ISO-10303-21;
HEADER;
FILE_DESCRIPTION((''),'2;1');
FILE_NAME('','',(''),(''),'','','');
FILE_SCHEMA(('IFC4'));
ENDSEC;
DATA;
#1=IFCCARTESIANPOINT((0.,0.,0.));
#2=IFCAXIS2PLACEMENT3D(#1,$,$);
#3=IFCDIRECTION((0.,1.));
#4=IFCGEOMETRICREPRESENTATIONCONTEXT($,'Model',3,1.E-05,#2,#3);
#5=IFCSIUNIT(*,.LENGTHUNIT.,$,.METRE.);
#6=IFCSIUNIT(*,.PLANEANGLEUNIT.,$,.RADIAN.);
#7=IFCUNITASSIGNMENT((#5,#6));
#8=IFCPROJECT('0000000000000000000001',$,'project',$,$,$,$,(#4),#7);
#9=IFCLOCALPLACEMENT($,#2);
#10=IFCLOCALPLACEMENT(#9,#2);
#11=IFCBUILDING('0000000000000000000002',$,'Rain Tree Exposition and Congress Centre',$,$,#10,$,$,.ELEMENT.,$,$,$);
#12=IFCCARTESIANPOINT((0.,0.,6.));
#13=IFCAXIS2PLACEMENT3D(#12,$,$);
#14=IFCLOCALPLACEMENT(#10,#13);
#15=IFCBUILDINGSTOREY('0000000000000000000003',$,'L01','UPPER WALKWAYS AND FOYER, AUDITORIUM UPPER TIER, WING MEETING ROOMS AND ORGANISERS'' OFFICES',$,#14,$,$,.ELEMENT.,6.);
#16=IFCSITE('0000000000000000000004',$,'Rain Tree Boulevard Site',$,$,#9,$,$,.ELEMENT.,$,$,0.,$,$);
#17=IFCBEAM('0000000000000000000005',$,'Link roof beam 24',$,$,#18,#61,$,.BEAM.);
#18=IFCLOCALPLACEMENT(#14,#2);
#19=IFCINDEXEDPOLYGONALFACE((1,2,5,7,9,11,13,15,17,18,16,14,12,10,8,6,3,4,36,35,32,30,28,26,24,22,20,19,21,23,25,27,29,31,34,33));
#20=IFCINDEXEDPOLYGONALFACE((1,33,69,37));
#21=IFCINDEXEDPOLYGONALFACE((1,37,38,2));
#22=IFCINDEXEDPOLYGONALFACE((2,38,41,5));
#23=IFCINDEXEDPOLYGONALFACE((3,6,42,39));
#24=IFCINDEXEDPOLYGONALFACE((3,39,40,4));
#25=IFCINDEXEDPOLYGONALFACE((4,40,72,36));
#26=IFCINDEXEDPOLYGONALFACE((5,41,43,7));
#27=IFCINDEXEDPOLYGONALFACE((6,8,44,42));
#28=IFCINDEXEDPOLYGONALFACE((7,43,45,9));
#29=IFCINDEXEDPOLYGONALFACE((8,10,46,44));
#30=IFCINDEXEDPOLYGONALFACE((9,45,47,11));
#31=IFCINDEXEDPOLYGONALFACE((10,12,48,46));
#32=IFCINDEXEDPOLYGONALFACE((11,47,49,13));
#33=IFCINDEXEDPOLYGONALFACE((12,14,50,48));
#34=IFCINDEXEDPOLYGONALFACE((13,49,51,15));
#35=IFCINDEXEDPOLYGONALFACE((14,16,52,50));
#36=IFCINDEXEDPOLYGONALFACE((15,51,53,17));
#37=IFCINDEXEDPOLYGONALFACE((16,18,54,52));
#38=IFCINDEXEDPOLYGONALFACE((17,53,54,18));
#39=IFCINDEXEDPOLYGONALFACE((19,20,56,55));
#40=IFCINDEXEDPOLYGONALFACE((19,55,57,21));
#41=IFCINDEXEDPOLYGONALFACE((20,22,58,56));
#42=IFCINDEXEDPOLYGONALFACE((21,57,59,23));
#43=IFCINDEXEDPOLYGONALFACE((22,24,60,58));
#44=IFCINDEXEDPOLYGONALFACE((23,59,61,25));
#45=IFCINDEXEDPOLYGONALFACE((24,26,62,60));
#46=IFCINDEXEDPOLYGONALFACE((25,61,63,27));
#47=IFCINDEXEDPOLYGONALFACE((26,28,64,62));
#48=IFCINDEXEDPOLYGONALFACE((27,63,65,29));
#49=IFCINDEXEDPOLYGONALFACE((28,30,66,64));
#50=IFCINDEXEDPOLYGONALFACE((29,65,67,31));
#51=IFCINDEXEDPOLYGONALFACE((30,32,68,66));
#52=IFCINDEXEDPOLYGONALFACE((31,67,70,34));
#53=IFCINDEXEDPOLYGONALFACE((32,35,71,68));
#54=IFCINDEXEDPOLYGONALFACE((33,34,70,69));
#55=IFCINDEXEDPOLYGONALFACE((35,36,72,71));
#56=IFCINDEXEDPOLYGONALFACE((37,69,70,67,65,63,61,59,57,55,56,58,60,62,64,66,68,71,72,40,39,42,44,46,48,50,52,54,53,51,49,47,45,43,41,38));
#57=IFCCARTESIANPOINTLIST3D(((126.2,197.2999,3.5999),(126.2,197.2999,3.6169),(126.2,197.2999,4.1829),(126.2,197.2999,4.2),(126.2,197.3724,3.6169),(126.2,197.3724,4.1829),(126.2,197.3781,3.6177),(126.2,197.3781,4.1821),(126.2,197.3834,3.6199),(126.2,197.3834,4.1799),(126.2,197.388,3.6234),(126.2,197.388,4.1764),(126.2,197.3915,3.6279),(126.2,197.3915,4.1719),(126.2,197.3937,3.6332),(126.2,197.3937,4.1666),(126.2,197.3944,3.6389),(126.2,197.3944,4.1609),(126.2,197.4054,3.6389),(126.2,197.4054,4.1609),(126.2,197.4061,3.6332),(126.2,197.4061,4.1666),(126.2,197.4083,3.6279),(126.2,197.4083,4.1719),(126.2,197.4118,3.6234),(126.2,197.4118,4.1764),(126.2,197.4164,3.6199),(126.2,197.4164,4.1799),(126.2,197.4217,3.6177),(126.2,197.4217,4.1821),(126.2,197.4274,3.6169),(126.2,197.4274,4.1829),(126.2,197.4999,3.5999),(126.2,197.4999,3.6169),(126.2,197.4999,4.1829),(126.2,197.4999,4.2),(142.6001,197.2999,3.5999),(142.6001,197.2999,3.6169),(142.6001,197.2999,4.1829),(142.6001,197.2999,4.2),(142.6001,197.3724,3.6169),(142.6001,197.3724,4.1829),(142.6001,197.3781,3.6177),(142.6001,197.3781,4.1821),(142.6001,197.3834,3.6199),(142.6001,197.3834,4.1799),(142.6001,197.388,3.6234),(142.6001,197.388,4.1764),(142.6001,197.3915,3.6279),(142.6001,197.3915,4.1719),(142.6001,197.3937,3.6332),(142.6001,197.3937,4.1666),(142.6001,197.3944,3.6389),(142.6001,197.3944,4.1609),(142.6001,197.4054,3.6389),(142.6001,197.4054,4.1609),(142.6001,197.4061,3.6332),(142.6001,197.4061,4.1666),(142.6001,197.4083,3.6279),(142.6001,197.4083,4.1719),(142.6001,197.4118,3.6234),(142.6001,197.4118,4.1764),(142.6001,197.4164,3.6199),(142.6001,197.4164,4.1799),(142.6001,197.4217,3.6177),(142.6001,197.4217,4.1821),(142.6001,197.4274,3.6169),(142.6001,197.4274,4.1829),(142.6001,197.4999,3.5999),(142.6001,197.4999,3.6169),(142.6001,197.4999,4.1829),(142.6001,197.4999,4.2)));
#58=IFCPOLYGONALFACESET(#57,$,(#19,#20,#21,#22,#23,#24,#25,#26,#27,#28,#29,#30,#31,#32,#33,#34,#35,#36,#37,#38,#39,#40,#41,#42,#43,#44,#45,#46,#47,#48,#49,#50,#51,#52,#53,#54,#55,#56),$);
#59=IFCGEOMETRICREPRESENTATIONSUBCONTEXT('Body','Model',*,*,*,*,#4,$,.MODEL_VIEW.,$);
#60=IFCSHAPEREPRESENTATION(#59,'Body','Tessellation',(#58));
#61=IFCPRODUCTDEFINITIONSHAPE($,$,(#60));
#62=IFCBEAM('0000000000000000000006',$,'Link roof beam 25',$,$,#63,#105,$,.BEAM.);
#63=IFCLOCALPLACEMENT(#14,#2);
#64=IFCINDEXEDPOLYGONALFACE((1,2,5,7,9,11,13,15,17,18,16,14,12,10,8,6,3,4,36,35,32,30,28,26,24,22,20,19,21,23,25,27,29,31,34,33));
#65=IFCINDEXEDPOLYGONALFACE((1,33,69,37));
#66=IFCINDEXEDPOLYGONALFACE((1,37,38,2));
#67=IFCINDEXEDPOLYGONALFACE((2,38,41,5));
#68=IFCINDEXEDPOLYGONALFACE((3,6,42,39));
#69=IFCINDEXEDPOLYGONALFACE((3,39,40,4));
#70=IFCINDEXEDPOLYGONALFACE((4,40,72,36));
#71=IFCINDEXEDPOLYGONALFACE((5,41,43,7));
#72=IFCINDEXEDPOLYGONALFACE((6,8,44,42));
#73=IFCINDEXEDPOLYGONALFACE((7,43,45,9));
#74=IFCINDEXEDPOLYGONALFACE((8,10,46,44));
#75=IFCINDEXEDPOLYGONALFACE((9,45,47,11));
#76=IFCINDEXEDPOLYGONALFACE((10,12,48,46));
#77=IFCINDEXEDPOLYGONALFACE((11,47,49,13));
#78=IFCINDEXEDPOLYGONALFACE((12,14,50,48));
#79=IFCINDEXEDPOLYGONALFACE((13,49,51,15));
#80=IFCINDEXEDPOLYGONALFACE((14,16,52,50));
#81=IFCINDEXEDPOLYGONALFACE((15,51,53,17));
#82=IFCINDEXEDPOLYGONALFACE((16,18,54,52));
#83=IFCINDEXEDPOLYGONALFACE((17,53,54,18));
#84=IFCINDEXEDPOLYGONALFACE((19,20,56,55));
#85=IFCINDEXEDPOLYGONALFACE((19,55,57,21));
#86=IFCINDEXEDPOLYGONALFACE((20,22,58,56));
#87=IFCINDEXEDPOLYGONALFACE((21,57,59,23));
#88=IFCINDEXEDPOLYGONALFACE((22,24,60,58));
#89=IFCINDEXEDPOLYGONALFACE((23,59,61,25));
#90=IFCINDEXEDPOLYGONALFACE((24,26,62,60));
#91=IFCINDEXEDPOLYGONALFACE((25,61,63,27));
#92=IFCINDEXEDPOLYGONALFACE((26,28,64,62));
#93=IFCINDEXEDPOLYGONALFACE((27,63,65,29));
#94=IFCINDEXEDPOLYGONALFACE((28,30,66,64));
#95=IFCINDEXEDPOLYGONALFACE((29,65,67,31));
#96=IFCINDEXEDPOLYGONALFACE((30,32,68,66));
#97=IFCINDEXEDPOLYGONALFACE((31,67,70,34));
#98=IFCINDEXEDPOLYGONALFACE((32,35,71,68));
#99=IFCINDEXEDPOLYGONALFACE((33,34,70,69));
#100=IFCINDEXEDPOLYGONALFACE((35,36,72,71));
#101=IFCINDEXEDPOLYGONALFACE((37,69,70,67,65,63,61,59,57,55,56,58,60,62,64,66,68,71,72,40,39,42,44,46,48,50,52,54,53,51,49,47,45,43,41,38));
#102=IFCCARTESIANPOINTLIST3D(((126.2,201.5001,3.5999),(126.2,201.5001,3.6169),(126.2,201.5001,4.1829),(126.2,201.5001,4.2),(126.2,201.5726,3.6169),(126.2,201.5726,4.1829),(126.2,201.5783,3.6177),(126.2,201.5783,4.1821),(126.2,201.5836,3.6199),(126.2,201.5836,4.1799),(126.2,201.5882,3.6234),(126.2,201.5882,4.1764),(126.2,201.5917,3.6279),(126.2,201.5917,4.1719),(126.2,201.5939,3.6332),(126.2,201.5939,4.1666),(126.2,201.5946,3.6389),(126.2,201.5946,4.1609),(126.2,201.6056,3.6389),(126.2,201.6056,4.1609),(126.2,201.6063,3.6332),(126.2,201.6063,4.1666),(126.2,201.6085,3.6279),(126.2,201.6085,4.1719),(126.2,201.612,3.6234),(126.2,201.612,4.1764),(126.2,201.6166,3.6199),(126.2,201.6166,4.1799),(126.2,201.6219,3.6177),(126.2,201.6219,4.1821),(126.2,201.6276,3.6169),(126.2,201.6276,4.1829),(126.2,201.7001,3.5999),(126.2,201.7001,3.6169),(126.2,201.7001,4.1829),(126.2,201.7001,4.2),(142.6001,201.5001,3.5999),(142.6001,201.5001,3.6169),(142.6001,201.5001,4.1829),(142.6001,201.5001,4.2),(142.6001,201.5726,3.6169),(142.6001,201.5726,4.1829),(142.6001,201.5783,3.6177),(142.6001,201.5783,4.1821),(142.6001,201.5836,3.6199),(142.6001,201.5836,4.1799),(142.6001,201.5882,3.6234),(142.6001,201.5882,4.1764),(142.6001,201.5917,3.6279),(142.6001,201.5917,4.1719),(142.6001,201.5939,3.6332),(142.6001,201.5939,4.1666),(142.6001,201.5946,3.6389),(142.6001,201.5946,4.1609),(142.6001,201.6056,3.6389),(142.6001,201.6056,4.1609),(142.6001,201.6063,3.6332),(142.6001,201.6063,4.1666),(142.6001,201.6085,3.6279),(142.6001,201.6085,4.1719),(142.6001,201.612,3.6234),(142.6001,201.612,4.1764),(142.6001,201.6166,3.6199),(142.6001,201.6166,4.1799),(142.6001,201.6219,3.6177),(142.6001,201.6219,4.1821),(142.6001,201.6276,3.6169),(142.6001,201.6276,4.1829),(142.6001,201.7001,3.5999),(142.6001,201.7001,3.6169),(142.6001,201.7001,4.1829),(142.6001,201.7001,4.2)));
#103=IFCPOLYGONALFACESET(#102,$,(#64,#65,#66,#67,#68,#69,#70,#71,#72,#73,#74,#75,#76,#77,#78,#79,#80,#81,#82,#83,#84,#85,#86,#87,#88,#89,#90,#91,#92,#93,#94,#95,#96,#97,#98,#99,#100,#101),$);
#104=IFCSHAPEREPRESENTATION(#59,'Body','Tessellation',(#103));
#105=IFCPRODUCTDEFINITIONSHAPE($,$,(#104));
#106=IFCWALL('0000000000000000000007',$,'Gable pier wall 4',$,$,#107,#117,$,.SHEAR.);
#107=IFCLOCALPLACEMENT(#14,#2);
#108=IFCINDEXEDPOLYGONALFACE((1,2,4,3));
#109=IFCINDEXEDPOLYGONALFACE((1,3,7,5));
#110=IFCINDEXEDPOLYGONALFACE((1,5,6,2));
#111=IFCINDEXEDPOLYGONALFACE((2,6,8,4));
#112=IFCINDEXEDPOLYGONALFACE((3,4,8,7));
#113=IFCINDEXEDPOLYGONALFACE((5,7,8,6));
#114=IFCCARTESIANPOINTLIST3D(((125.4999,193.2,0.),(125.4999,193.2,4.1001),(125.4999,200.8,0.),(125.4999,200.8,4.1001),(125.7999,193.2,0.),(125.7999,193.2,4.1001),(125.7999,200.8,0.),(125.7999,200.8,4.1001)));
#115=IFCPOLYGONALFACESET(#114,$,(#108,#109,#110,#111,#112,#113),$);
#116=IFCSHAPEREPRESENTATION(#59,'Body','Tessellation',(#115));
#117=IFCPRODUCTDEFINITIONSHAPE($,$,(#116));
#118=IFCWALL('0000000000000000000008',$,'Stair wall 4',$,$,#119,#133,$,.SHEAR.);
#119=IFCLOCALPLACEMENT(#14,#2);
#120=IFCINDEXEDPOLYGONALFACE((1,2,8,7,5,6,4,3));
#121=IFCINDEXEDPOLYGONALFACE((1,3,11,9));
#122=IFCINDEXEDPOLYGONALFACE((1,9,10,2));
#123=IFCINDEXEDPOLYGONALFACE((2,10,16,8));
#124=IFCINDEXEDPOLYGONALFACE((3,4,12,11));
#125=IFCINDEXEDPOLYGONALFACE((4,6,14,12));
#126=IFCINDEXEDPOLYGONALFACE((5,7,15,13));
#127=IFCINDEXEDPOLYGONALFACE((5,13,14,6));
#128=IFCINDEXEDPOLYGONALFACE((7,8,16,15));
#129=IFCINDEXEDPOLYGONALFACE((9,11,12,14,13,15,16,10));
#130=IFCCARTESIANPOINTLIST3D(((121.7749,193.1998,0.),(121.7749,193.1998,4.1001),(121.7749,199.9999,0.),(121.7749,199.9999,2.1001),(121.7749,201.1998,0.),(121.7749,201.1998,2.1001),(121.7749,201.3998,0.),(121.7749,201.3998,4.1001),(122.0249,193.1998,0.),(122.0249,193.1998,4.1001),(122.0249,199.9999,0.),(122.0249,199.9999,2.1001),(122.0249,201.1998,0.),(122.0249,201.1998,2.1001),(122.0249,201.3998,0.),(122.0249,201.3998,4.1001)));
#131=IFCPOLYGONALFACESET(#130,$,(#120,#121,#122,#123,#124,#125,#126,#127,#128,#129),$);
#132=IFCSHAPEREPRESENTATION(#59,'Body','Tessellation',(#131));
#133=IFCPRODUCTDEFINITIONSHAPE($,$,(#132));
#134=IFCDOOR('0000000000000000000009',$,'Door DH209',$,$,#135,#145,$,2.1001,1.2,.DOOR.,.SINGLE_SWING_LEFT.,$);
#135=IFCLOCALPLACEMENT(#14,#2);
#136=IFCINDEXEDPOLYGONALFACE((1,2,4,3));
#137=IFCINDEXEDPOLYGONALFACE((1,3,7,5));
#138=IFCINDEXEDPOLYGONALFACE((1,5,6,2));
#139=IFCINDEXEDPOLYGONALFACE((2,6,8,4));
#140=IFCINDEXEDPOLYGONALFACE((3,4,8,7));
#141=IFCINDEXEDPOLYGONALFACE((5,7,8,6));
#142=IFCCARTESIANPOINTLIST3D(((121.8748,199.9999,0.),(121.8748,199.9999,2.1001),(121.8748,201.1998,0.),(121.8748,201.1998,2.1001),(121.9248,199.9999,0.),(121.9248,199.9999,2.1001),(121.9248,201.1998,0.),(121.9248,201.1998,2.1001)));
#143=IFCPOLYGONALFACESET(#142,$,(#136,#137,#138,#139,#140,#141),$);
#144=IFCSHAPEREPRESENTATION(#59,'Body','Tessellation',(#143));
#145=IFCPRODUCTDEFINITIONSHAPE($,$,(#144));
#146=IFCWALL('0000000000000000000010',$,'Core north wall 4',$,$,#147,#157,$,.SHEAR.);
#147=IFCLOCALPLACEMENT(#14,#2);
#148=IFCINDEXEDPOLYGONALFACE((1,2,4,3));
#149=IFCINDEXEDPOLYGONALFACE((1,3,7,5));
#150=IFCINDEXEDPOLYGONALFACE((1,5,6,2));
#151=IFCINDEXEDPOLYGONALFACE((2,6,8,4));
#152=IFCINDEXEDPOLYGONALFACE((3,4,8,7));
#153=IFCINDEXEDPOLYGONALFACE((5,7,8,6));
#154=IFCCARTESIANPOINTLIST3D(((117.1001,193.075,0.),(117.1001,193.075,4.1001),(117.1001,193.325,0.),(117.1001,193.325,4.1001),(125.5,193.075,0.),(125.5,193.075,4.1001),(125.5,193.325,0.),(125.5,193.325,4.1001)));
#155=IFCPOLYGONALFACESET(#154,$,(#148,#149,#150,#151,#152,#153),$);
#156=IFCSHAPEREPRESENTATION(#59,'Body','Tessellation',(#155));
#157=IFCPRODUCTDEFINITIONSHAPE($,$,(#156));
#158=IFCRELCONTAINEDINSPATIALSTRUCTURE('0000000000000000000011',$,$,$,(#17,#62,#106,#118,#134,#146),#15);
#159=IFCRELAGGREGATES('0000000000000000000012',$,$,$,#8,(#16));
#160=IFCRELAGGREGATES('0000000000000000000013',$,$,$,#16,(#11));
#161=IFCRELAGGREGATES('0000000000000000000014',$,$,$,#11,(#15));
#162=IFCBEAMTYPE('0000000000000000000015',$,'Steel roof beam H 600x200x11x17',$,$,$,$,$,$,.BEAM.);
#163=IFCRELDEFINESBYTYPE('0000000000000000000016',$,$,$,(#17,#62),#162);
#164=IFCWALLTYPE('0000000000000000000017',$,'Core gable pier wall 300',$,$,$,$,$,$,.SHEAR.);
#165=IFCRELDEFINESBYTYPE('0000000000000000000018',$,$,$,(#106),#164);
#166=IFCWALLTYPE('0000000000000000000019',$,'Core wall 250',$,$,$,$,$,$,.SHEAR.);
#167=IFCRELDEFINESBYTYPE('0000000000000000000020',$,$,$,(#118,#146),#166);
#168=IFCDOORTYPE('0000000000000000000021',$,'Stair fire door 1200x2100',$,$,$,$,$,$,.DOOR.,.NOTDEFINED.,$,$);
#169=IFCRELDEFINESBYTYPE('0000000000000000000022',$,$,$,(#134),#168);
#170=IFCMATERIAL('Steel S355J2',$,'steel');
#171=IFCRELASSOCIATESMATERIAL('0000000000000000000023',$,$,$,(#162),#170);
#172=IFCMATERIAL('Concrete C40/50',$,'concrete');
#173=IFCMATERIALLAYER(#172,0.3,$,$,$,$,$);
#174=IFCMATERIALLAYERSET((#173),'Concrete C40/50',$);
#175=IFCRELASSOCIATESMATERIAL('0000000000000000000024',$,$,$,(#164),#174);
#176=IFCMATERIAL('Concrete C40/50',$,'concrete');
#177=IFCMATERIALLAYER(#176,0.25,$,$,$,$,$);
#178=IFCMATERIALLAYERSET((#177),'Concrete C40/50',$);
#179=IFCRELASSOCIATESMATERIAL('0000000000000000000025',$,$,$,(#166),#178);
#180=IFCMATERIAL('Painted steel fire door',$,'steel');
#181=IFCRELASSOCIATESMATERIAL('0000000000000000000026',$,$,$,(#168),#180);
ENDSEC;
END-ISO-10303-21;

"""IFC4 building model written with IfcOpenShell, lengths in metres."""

from ifc_helpers import new_model, si_unit, direction, frame, frame_2d, origin, origin_2d, place, context, subcontext, project, spatial, rectangle, i_section, extrude, material, layer, layer_set, material_profile, profile_set, type_object, element, fill, save


model = new_model("IFC4")

# Units and contexts
model_context = context("Model", 3, precision=1e-05, world=origin(), true_north=direction((0.0, 1.0)))
body_context = subcontext(model_context, "Body", "Model", "MODEL_VIEW")
ifc_project = project(units=[si_unit("LENGTHUNIT", "METRE"), si_unit("PLANEANGLEUNIT", "RADIAN")], contexts=[model_context])

# Site, building, storey
site_placement = place(None, origin())
site = spatial("IfcSite", under=ifc_project, at=site_placement, Name="Rain Tree Boulevard Site", CompositionType="ELEMENT", RefElevation=0.0)
building_placement = place(site_placement, origin())
building = spatial("IfcBuilding", under=site, at=building_placement, Name="Rain Tree Exposition and Congress Centre", CompositionType="ELEMENT")
storey_placement = place(building_placement, frame((0.0, 0.0, 6.0)))
storey = spatial("IfcBuildingStorey", under=building, at=storey_placement, Name="L01", Description="UPPER WALKWAYS AND FOYER, AUDITORIUM UPPER TIER, WING MEETING ROOMS AND ORGANISERS' OFFICES", CompositionType="ELEMENT", Elevation=6.0)

# Beams
ifc_material_1 = material(Name="Steel S355J2", Category="steel")
ifc_material_profile_1 = material_profile(ifc_material_1, i_section(OverallWidth=0.2, OverallDepth=0.6001, WebThickness=0.011, FlangeThickness=0.0171, FilletRadius=0.022, at=origin_2d()), Name="H 600x200x11x17")
ifc_profile_set_1 = profile_set([ifc_material_profile_1], Name="Steel S355J2")
beam_type = type_object("IfcBeamType", Name="Steel roof beam H 600x200x11x17", PredefinedType="BEAM", material=ifc_profile_set_1)
for number, where, z_axis, x_axis, name in (
    (1, (126.2, 197.3999, 3.8999), (1.0, 0.0, 0.0), (0.0, 1.0, 0.0), "Link roof beam 24"),
    (2, (126.2, 201.6001, 3.8999), (1.0, 0.0, 0.0), (0.0, 1.0, 0.0), "Link roof beam 25"),
):
    element("IfcBeam", number, at=place(storey_placement, frame(where, z_axis=z_axis, x_axis=x_axis)), inside=storey, type_object=beam_type, Name=name, PredefinedType="BEAM", context=body_context, shape_type="SweptSolid", body=[
        extrude(i_section(OverallWidth=0.2, OverallDepth=0.6001, WebThickness=0.011, FlangeThickness=0.0171, FilletRadius=0.022, at=origin_2d()), origin(), (0.0, 0.0, 1.0), 16.4001),
    ])

# Wall
ifc_material_2 = material(Name="Concrete C40/50", Category="concrete")
ifc_layer_1 = layer(ifc_material_2, 0.3)
ifc_layer_set_1 = layer_set([ifc_layer_1], Name="Concrete C40/50")
wall_type_1 = type_object("IfcWallType", Name="Core gable pier wall 300", PredefinedType="SHEAR", material=ifc_layer_set_1)
wall_1_placement = place(storey_placement, frame((125.6499, 200.8, 0.0), z_axis=(0.0, 0.0, 1.0), x_axis=(0.0, -1.0, 0.0)))
element("IfcWall", 3, at=wall_1_placement, inside=storey, type_object=wall_type_1, Name="Gable pier wall 4", PredefinedType="SHEAR", context=body_context, shape_type="SweptSolid", body=[
    extrude(rectangle(XDim=7.6001, YDim=0.3, at=frame_2d((3.8, 0.0))), origin(), (0.0, 0.0, 1.0), 4.1001),
])

# Wall, opening, door
ifc_material_3 = material(Name="Concrete C40/50", Category="concrete")
ifc_layer_2 = layer(ifc_material_3, 0.25)
ifc_layer_set_2 = layer_set([ifc_layer_2], Name="Concrete C40/50")
wall_type_2 = type_object("IfcWallType", Name="Core wall 250", PredefinedType="SHEAR", material=ifc_layer_set_2)
wall_2_placement = place(storey_placement, frame((121.8999, 201.3999, 0.0), z_axis=(0.0, 0.0, 1.0), x_axis=(0.0, -1.0, 0.0)))
wall_2 = element("IfcWall", 4, at=wall_2_placement, inside=storey, type_object=wall_type_2, Name="Stair wall 4", PredefinedType="SHEAR", context=body_context, shape_type="SweptSolid", body=[
    extrude(rectangle(XDim=8.2, YDim=0.25, at=frame_2d((4.1001, 0.0))), origin(), (0.0, 0.0, 1.0), 4.1001),
])
opening_1_placement = place(wall_2_placement, frame((0.2, 0.0, 0.0)))
opening_1 = element("IfcOpeningElement", 5, at=opening_1_placement, cuts=wall_2, PredefinedType="OPENING", context=body_context, shape_type="SweptSolid", body=[
    extrude(rectangle(XDim=1.2, YDim=2.1001, at=frame_2d((0.6001, 1.05))), frame((0.0, 0.125, 0.0), z_axis=(0.0, -1.0, 0.0), x_axis=(1.0, 0.0, 0.0)), (0.0, 0.0, 1.0), 0.25),
])
ifc_material_4 = material(Name="Painted steel fire door", Category="steel")
door_type_1 = type_object("IfcDoorType", Name="Stair fire door 1200x2100", OperationType="NOTDEFINED", PredefinedType="DOOR", material=ifc_material_4)
door_1_placement = place(opening_1_placement, origin())
door_1 = element("IfcDoor", 6, at=door_1_placement, inside=storey, type_object=door_type_1, Name="Door DH209", OperationType="SINGLE_SWING_LEFT", OverallHeight=2.1001, OverallWidth=1.2, PredefinedType="DOOR", context=body_context, shape_type="SweptSolid", body=[
    extrude(rectangle(XDim=1.2, YDim=2.1001, at=frame_2d((0.6001, 1.05))), frame((0.0, 0.0249, 0.0), z_axis=(0.0, -1.0, 0.0), x_axis=(1.0, 0.0, 0.0)), (0.0, 0.0, 1.0), 0.05),
])
fill(opening_1, door_1)

# Wall
wall_3_placement = place(storey_placement, frame((125.5, 193.2, 0.0), z_axis=(0.0, 0.0, 1.0), x_axis=(-1.0, 0.0, 0.0)))
element("IfcWall", 7, at=wall_3_placement, inside=storey, type_object=wall_type_2, Name="Core north wall 4", PredefinedType="SHEAR", context=body_context, shape_type="SweptSolid", body=[
    extrude(rectangle(XDim=8.3999, YDim=0.25, at=frame_2d((4.2, 0.0))), origin(), (0.0, 0.0, 1.0), 4.1001),
])

save(model, "model.ifc")
